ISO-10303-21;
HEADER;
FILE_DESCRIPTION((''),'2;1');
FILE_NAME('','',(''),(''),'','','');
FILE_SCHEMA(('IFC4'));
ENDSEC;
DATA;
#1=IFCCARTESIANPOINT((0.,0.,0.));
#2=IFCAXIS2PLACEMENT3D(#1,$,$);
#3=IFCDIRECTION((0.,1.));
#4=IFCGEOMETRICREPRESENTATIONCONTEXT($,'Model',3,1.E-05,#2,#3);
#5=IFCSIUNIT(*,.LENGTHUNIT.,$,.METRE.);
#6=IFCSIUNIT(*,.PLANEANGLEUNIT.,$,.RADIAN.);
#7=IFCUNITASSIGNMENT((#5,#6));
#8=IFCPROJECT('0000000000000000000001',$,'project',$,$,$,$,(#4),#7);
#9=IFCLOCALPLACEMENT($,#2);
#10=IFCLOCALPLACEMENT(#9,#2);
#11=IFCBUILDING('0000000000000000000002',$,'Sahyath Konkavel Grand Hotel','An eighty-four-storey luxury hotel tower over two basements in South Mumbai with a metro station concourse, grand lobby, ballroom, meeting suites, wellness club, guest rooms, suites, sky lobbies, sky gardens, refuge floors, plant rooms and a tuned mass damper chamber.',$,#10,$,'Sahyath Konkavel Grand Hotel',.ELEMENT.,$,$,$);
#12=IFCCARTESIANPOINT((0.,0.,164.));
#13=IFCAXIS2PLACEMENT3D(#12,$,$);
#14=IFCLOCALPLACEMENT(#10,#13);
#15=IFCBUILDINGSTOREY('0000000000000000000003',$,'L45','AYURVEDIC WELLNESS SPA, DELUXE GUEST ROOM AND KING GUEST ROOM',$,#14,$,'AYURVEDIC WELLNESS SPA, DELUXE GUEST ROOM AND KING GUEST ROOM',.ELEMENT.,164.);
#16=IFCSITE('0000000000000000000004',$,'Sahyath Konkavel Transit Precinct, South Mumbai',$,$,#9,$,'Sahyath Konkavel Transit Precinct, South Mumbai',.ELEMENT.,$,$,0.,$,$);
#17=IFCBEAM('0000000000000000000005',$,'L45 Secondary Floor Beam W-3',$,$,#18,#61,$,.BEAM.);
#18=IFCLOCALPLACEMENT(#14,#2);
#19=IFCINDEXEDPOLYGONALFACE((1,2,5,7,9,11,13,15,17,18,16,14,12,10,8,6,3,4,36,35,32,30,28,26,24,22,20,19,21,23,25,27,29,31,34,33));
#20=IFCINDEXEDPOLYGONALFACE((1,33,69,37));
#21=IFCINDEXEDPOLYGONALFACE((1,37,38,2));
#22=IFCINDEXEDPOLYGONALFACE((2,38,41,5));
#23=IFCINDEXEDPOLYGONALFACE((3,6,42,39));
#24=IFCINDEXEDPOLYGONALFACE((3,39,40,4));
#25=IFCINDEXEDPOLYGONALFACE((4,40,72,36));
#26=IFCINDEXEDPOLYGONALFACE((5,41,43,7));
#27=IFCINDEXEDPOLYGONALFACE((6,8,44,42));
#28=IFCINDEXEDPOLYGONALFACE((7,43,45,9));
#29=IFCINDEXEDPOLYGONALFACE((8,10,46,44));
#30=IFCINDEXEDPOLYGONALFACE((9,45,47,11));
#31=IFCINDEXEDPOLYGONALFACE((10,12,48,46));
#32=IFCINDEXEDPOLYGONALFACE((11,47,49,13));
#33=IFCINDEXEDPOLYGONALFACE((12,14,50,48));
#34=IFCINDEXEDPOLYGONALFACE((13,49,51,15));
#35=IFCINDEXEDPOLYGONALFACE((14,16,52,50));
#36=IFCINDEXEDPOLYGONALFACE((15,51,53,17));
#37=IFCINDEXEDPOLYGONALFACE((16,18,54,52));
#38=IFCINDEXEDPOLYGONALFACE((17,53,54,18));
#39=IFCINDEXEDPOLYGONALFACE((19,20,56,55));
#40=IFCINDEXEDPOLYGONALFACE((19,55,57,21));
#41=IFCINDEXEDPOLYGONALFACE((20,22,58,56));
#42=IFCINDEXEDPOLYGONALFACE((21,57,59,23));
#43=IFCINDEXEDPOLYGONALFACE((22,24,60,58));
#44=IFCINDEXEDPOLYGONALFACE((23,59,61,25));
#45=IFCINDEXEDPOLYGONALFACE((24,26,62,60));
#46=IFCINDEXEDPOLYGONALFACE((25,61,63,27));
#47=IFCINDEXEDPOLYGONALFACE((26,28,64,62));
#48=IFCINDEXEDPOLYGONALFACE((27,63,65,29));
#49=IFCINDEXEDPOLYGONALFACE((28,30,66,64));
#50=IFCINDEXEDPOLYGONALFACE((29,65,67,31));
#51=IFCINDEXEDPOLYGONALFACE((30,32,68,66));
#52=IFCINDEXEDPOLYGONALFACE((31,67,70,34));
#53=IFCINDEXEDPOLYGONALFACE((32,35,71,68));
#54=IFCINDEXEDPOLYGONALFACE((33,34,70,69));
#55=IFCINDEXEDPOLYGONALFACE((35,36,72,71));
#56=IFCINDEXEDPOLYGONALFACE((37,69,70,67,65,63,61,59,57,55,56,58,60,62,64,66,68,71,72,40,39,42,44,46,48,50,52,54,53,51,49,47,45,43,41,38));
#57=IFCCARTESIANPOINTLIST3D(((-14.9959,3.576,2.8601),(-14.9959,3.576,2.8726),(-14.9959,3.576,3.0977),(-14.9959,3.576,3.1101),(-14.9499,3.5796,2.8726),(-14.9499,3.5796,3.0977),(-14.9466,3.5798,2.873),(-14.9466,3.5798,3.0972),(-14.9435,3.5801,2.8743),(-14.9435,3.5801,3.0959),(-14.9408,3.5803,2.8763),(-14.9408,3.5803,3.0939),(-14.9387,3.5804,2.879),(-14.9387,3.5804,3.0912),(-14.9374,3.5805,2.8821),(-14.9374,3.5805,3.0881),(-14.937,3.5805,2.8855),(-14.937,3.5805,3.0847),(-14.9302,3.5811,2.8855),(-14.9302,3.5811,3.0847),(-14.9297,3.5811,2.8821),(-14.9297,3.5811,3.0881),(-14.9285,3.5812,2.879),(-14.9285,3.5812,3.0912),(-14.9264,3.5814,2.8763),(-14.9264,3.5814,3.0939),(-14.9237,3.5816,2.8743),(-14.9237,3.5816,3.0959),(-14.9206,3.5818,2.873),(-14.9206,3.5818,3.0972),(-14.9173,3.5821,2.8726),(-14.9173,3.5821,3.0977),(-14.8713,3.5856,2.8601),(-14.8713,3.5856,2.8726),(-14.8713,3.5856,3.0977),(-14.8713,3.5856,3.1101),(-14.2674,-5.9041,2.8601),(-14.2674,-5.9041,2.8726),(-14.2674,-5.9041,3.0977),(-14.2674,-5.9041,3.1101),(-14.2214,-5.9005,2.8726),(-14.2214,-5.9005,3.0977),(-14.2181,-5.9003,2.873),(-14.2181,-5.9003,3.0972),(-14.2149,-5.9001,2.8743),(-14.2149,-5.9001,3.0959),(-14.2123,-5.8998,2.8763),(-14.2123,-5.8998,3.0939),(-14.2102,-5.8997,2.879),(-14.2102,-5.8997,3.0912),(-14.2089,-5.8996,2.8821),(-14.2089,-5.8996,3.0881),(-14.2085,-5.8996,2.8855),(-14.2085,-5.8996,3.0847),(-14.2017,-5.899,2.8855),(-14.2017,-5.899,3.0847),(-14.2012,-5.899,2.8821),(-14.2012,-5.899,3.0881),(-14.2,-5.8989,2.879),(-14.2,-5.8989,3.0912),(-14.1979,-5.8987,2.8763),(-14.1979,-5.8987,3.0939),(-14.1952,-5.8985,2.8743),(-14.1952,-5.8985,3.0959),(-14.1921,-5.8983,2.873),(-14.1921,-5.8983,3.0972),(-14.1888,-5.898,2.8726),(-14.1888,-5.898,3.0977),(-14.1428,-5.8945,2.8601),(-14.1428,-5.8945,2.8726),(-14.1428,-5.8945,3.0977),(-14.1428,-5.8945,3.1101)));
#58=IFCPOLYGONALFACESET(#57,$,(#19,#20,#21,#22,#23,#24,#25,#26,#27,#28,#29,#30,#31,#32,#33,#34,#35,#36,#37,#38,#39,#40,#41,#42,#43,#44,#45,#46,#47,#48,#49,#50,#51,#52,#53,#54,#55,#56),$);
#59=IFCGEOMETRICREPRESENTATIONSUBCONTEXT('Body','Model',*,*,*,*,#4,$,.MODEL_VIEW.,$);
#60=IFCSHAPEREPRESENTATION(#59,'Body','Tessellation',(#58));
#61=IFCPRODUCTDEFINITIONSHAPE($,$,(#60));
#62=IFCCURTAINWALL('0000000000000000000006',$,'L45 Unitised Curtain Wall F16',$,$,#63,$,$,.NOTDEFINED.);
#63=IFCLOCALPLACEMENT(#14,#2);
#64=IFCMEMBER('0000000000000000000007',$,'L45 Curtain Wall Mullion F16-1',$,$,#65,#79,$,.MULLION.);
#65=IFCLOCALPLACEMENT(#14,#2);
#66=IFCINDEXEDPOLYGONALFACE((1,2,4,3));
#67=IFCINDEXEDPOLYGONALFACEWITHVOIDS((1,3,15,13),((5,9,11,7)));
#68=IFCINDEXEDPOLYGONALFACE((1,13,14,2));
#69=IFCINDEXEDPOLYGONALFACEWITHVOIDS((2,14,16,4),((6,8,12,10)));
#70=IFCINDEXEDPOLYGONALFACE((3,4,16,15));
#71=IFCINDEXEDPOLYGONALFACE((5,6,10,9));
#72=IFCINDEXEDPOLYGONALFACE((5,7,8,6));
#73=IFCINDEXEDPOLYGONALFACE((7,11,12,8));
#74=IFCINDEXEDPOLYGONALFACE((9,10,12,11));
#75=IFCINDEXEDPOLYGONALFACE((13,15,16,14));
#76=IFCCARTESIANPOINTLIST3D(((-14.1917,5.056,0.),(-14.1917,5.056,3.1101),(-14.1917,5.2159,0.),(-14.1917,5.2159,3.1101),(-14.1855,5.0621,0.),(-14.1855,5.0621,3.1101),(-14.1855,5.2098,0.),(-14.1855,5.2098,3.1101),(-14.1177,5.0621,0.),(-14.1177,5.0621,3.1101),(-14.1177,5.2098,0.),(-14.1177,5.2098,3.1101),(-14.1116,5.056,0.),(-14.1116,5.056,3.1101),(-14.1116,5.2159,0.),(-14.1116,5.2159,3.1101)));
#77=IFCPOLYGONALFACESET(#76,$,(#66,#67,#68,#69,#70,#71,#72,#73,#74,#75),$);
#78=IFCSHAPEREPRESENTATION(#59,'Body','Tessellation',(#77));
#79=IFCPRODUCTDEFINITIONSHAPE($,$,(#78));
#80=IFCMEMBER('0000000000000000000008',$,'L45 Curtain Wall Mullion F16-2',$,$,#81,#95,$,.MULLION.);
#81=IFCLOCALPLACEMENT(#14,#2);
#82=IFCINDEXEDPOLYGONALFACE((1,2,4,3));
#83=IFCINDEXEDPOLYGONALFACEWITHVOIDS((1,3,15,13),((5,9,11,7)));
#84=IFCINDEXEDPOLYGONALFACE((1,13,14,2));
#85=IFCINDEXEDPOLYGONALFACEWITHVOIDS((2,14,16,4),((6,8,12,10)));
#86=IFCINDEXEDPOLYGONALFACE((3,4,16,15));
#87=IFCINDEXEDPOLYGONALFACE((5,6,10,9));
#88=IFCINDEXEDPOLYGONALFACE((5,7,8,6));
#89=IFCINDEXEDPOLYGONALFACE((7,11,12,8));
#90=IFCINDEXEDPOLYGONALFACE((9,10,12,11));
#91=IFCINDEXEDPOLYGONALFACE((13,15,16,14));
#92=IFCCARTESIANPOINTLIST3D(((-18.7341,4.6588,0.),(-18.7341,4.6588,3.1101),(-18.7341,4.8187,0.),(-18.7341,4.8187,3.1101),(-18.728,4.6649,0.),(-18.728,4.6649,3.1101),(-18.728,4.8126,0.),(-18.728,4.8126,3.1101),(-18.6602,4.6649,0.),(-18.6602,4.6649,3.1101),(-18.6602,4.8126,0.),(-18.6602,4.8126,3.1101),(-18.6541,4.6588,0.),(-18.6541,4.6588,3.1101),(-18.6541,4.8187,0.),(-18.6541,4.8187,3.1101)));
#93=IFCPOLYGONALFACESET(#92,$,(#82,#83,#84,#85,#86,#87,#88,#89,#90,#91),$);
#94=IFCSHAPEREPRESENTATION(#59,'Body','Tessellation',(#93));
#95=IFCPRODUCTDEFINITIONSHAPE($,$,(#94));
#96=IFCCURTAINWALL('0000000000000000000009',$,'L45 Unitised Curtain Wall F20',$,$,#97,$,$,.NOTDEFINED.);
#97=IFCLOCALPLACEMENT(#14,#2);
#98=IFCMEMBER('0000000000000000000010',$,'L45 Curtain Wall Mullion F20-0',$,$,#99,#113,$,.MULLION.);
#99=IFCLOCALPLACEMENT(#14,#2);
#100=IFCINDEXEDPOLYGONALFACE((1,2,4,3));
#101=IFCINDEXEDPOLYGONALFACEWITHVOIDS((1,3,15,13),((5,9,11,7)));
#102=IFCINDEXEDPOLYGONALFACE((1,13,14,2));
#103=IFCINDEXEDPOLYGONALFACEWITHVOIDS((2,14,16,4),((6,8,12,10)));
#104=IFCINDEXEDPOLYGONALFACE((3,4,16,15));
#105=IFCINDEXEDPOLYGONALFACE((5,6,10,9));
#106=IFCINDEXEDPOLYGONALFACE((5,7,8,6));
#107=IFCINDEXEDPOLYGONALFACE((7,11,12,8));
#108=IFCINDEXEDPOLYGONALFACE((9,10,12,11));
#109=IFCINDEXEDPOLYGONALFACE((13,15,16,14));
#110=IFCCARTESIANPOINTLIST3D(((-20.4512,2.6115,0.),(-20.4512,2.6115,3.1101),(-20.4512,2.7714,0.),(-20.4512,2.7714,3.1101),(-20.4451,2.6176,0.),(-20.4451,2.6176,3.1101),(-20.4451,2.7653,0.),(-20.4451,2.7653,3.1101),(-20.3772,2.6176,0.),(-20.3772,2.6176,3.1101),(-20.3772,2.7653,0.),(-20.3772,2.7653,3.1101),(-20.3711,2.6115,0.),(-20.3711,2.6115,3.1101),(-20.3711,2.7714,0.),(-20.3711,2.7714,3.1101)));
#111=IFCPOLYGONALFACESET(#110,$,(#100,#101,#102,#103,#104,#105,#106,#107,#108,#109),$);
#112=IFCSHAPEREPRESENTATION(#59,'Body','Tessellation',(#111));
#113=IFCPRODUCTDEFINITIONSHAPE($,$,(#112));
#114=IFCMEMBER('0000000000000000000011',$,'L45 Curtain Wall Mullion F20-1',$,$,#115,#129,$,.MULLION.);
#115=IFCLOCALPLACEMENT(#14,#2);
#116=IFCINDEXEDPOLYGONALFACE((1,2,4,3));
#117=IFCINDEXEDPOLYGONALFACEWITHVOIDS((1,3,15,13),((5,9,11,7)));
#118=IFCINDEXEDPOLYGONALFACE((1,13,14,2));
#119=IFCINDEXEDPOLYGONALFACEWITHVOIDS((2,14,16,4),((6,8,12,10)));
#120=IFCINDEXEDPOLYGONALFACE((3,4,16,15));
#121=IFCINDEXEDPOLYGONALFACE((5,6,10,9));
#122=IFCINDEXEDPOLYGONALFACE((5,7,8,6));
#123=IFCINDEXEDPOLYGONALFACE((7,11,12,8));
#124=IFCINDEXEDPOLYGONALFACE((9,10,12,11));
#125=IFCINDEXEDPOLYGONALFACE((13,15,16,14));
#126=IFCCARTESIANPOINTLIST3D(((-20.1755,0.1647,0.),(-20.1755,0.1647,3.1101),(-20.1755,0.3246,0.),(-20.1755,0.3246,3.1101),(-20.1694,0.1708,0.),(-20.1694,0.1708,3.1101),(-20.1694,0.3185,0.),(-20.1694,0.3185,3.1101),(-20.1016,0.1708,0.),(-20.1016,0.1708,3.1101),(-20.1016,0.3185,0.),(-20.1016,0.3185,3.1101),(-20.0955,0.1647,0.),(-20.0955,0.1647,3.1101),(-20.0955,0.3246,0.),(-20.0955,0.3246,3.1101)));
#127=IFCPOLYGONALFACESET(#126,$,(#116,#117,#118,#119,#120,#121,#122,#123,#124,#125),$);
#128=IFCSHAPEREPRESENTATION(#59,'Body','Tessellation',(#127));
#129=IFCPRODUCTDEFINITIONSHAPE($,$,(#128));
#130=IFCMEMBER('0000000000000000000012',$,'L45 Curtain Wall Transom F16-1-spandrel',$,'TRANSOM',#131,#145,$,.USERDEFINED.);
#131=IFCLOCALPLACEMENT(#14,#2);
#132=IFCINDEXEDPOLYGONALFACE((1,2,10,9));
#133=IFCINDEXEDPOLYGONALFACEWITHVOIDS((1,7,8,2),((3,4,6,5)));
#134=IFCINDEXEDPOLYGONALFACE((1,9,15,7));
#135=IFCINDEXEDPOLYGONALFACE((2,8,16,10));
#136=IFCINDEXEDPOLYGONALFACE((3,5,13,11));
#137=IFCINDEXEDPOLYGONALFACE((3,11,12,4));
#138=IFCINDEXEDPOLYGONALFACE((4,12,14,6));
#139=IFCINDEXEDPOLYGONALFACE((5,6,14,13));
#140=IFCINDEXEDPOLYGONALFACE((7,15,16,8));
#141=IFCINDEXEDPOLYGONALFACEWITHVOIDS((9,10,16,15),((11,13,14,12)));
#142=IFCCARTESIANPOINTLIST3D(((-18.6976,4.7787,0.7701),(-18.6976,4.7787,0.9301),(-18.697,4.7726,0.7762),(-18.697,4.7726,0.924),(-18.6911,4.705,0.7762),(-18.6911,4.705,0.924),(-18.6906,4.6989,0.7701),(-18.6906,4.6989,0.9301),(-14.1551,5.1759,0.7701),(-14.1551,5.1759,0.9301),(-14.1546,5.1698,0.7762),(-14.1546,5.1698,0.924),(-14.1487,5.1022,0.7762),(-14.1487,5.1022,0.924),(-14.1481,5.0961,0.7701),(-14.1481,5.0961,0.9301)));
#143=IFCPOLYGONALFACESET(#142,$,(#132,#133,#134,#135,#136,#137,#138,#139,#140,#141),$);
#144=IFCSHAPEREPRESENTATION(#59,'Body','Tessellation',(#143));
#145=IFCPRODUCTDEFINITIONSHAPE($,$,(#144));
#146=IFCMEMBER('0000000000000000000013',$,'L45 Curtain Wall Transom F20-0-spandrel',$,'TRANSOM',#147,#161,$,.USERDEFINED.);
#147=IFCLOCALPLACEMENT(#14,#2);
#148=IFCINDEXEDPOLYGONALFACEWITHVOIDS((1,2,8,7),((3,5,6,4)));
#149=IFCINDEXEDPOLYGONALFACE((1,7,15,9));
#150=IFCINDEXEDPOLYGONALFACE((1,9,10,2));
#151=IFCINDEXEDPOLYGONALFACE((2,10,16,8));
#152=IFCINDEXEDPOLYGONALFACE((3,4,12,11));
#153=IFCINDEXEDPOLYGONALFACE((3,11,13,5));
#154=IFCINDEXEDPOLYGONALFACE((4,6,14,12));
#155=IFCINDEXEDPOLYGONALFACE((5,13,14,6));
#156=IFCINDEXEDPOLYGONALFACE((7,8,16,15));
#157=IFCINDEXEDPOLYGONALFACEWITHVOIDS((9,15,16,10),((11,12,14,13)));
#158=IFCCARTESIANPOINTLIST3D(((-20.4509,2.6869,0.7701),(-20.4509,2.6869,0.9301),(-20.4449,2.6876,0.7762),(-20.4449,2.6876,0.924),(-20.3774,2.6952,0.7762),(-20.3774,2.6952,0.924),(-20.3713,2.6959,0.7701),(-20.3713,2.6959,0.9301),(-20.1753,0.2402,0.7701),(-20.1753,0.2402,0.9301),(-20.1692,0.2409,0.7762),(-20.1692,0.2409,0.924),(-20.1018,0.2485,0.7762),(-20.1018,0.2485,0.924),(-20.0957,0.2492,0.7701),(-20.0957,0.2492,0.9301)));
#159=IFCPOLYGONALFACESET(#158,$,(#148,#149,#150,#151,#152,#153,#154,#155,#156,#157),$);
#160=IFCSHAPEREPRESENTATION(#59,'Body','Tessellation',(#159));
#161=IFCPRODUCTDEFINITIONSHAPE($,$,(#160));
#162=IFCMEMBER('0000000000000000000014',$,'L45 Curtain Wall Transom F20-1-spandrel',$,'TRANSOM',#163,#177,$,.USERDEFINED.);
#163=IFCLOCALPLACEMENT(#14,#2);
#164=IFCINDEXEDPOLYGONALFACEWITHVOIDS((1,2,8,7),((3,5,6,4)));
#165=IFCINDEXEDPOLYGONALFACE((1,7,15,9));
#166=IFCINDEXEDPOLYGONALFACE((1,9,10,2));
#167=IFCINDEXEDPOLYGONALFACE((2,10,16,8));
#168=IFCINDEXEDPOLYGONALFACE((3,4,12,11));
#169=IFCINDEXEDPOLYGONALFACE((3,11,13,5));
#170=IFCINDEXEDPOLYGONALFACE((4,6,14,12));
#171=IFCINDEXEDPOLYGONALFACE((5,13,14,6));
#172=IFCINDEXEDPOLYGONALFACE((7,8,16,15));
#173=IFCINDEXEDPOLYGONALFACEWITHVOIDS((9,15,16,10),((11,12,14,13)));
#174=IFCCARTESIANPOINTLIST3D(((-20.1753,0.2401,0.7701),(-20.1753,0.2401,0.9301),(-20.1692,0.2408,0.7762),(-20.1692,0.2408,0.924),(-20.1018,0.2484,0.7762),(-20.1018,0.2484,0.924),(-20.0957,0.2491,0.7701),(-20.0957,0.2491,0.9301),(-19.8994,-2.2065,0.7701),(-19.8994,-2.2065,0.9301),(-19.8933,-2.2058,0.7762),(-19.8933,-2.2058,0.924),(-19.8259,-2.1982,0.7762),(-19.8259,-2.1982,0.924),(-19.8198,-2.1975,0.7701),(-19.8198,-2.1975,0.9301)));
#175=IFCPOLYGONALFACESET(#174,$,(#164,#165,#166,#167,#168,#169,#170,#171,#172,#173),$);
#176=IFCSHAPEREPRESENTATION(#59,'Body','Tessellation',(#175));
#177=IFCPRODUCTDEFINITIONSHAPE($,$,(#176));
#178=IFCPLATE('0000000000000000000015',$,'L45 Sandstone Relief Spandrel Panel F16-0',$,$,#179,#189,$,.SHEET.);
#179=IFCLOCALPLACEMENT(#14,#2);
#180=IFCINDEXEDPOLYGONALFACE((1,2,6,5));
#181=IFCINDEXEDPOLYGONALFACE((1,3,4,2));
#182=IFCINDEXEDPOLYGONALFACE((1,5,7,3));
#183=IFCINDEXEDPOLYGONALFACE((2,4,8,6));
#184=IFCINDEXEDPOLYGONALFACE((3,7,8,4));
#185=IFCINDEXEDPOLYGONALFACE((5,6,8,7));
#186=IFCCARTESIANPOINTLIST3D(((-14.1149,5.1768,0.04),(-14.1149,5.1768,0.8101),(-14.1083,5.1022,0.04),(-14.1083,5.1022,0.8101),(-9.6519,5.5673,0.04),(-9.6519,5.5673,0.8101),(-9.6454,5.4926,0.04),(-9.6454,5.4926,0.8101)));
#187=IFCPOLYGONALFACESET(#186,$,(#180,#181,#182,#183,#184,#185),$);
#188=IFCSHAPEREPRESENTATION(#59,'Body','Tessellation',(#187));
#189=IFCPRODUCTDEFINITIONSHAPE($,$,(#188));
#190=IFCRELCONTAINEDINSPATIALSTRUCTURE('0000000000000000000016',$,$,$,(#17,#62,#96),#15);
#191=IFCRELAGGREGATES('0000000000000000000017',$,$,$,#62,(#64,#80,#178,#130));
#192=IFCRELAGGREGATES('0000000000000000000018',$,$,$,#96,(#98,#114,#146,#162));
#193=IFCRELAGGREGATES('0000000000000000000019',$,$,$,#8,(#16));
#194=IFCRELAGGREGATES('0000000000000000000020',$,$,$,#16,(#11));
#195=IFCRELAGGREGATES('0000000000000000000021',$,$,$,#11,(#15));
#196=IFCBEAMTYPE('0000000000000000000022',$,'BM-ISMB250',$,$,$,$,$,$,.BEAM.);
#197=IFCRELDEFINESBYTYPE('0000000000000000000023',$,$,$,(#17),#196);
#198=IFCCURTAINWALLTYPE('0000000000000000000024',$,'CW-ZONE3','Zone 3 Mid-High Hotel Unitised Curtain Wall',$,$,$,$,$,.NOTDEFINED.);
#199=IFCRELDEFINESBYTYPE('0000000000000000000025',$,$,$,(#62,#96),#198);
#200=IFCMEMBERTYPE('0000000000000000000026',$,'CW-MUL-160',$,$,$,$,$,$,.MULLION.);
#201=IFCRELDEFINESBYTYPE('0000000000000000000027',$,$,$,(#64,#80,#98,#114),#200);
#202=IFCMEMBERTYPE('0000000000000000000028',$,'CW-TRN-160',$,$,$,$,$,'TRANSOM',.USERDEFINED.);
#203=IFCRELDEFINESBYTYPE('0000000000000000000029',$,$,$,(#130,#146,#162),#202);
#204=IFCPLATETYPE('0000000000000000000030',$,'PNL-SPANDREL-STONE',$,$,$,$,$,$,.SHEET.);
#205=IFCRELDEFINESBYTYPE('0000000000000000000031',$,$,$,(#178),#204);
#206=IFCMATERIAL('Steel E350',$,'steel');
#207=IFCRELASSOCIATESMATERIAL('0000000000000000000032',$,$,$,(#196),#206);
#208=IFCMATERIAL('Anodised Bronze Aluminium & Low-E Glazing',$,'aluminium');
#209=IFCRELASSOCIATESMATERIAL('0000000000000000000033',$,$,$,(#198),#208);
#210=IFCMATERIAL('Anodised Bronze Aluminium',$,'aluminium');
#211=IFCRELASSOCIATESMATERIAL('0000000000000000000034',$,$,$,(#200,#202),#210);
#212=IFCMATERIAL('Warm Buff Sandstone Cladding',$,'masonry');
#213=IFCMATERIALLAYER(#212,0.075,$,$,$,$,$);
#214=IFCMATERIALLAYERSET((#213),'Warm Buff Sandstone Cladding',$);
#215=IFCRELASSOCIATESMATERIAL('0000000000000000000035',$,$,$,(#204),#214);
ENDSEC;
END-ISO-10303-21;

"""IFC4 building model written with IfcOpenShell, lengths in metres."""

from ifc_helpers import new_model, si_unit, direction, frame, origin, origin_2d, place, context, subcontext, project, spatial, rectangle, hollow_rectangle, i_section, extrude, source, transform, mapped, material, layer, layer_set, material_profile, profile_set, type_object, element, aggregate, save


model = new_model("IFC4")

# Units and contexts
model_context = context("Model", 3, precision=1e-05, world=origin(), true_north=direction((0.0, 1.0)))
body_context = subcontext(model_context, "Body", "Model", "MODEL_VIEW")
ifc_project = project(units=[si_unit("LENGTHUNIT", "METRE"), si_unit("PLANEANGLEUNIT", "RADIAN")], contexts=[model_context])

# Site, building, storey
site_placement = place(None, origin())
site = spatial("IfcSite", under=ifc_project, at=site_placement, Name="Sahyath Konkavel Transit Precinct, South Mumbai", LongName="Sahyath Konkavel Transit Precinct, South Mumbai", CompositionType="ELEMENT", RefElevation=0.0)
building_placement = place(site_placement, origin())
building = spatial("IfcBuilding", under=site, at=building_placement, Name="Sahyath Konkavel Grand Hotel", Description="An eighty-four-storey luxury hotel tower over two basements in South Mumbai with a metro station concourse, grand lobby, ballroom, meeting suites, wellness club, guest rooms, suites, sky lobbies, sky gardens, refuge floors, plant rooms and a tuned mass damper chamber.", LongName="Sahyath Konkavel Grand Hotel", CompositionType="ELEMENT")
storey_placement = place(building_placement, frame((0.0, 0.0, 164.0)))
storey = spatial("IfcBuildingStorey", under=building, at=storey_placement, Name="L45", Description="AYURVEDIC WELLNESS SPA, DELUXE GUEST ROOM AND KING GUEST ROOM", LongName="AYURVEDIC WELLNESS SPA, DELUXE GUEST ROOM AND KING GUEST ROOM", CompositionType="ELEMENT", Elevation=164.0)

# Beam
ifc_material_1 = material(Name="Steel E350", Category="steel")
ifc_material_profile_1 = material_profile(ifc_material_1, i_section(OverallWidth=0.125, OverallDepth=0.25, WebThickness=0.0068, FlangeThickness=0.0125, FilletRadius=0.0129, at=origin_2d()), Name="ISMB 250")
ifc_profile_set_1 = profile_set([ifc_material_profile_1], Name="Steel E350")
beam_type_1 = type_object("IfcBeamType", Name="BM-ISMB250", PredefinedType="BEAM", material=ifc_profile_set_1)
shared_shape_1 = source(origin(), body_context, "Body", "SweptSolid", [
    extrude(i_section(OverallWidth=0.125, OverallDepth=0.25, WebThickness=0.0068, FlangeThickness=0.0125, FilletRadius=0.0129, at=origin_2d()), origin(), (0.0, 0.0, 1.0), 9.5081),
])
beam_1_placement = place(storey_placement, frame((-14.9336, 3.5808, 2.9851), z_axis=(0.07662, -0.99706, 0.0), x_axis=(0.99706, 0.07662, 0.0)))
element("IfcBeam", 1, at=beam_1_placement, inside=storey, type_object=beam_type_1, Name="L45 Secondary Floor Beam W-3", PredefinedType="BEAM", context=body_context, shape_type="MappedRepresentation", body=[
    mapped(shared_shape_1, transform((0.0, 0.0, 0.0), scale=1.0)),
])

# Curtain walls, members
ifc_material_2 = material(Name="Anodised Bronze Aluminium & Low-E Glazing", Category="aluminium")
curtain_wall_type = type_object("IfcCurtainWallType", Name="CW-ZONE3", Description="Zone 3 Mid-High Hotel Unitised Curtain Wall", PredefinedType="NOTDEFINED", material=ifc_material_2)
curtain_wall_1_placement = place(storey_placement, origin())
curtain_wall_1 = element("IfcCurtainWall", 2, at=curtain_wall_1_placement, inside=storey, type_object=curtain_wall_type, Name="L45 Unitised Curtain Wall F16", PredefinedType="NOTDEFINED")
ifc_material_3 = material(Name="Anodised Bronze Aluminium", Category="aluminium")
ifc_material_profile_2 = material_profile(ifc_material_3, hollow_rectangle(XDim=0.0801, YDim=0.1599, WallThickness=0.0061, at=origin_2d()), Name="RHS 160x80x6")
ifc_profile_set_2 = profile_set([ifc_material_profile_2], Name="Anodised Bronze Aluminium")
member_type_1 = type_object("IfcMemberType", Name="CW-MUL-160", PredefinedType="MULLION", material=ifc_profile_set_2)
shared_shape_2 = source(origin(), body_context, "Body", "SweptSolid", [
    extrude(hollow_rectangle(XDim=0.0801, YDim=0.1599, WallThickness=0.0061, at=origin_2d()), origin(), (0.0, 0.0, 1.0), 3.1101),
])
member_1_placement = place(storey_placement, frame((-14.1516, 5.136, 0.0), z_axis=(0.0, 0.0, 1.0), x_axis=(1.0, 0.0, 0.0)))
member_1 = element("IfcMember", 3, at=member_1_placement, type_object=member_type_1, Name="L45 Curtain Wall Mullion F16-1", PredefinedType="MULLION", context=body_context, shape_type="MappedRepresentation", body=[
    mapped(shared_shape_2, transform((0.0, 0.0, 0.0), scale=1.0)),
])
member_2_placement = place(storey_placement, frame((-18.6941, 4.7388, 0.0), z_axis=(0.0, 0.0, 1.0), x_axis=(1.0, 0.0, 0.0)))
member_2 = element("IfcMember", 4, at=member_2_placement, type_object=member_type_1, Name="L45 Curtain Wall Mullion F16-2", PredefinedType="MULLION", context=body_context, shape_type="MappedRepresentation", body=[
    mapped(shared_shape_2, transform((0.0, 0.0, 0.0), scale=1.0)),
])
curtain_wall_2_placement = place(storey_placement, origin())
curtain_wall_2 = element("IfcCurtainWall", 5, at=curtain_wall_2_placement, inside=storey, type_object=curtain_wall_type, Name="L45 Unitised Curtain Wall F20", PredefinedType="NOTDEFINED")
member_3_placement = place(storey_placement, frame((-20.4111, 2.6914, 0.0), z_axis=(0.0, 0.0, 1.0), x_axis=(1.0, 0.0, 0.0)))
member_3 = element("IfcMember", 6, at=member_3_placement, type_object=member_type_1, Name="L45 Curtain Wall Mullion F20-0", PredefinedType="MULLION", context=body_context, shape_type="MappedRepresentation", body=[
    mapped(shared_shape_2, transform((0.0, 0.0, 0.0), scale=1.0)),
])
member_4_placement = place(storey_placement, frame((-20.1355, 0.2446, 0.0), z_axis=(0.0, 0.0, 1.0), x_axis=(1.0, 0.0, 0.0)))
member_4 = element("IfcMember", 7, at=member_4_placement, type_object=member_type_1, Name="L45 Curtain Wall Mullion F20-1", PredefinedType="MULLION", context=body_context, shape_type="MappedRepresentation", body=[
    mapped(shared_shape_2, transform((0.0, 0.0, 0.0), scale=1.0)),
])

# Members
ifc_material_profile_3 = material_profile(ifc_material_3, hollow_rectangle(XDim=0.0801, YDim=0.1599, WallThickness=0.0061, at=origin_2d()), Name="RHS 160x80x6")
ifc_profile_set_3 = profile_set([ifc_material_profile_3], Name="Anodised Bronze Aluminium")
member_type_2 = type_object("IfcMemberType", Name="CW-TRN-160", ElementType="TRANSOM", PredefinedType="USERDEFINED", material=ifc_profile_set_3)
shared_shape_3 = source(origin(), body_context, "Body", "SweptSolid", [
    extrude(hollow_rectangle(XDim=0.0801, YDim=0.1599, WallThickness=0.0061, at=origin_2d()), origin(), (0.0, 0.0, 1.0), 4.5598),
])
member_5_placement = place(storey_placement, frame((-14.1516, 5.136, 0.8501), z_axis=(-0.996198, -0.087112, 0.0), x_axis=(0.087112, -0.996198, 0.0)))
member_5 = element("IfcMember", 8, at=member_5_placement, type_object=member_type_2, Name="L45 Curtain Wall Transom F16-1-spandrel", ObjectType="TRANSOM", PredefinedType="USERDEFINED", context=body_context, shape_type="MappedRepresentation", body=[
    mapped(shared_shape_3, transform((0.0, 0.0, 0.0), scale=1.0)),
])
shared_shape_4 = source(origin(), body_context, "Body", "SweptSolid", [
    extrude(hollow_rectangle(XDim=0.0801, YDim=0.1599, WallThickness=0.0061, at=origin_2d()), origin(), (0.0, 0.0, 1.0), 2.4622),
])
member_6_placement = place(storey_placement, frame((-20.4111, 2.6914, 0.8501), z_axis=(0.111944, -0.993715, 0.0), x_axis=(0.993715, 0.111944, 0.0)))
member_6 = element("IfcMember", 9, at=member_6_placement, type_object=member_type_2, Name="L45 Curtain Wall Transom F20-0-spandrel", ObjectType="TRANSOM", PredefinedType="USERDEFINED", context=body_context, shape_type="MappedRepresentation", body=[
    mapped(shared_shape_4, transform((0.0, 0.0, 0.0), scale=1.0)),
])
member_7_placement = place(storey_placement, frame((-20.1355, 0.2446, 0.8501), z_axis=(0.112053, -0.993702, 0.0), x_axis=(0.993702, 0.112053, 0.0)))
member_7 = element("IfcMember", 10, at=member_7_placement, type_object=member_type_2, Name="L45 Curtain Wall Transom F20-1-spandrel", ObjectType="TRANSOM", PredefinedType="USERDEFINED", context=body_context, shape_type="MappedRepresentation", body=[
    mapped(shared_shape_4, transform((0.0, 0.0, 0.0), scale=1.0)),
])

# Plate
ifc_material_4 = material(Name="Warm Buff Sandstone Cladding", Category="masonry")
ifc_layer_1 = layer(ifc_material_4, 0.075)
ifc_layer_set_1 = layer_set([ifc_layer_1], Name="Warm Buff Sandstone Cladding")
plate_type_1 = type_object("IfcPlateType", Name="PNL-SPANDREL-STONE", PredefinedType="SHEET", material=ifc_layer_set_1)
shared_shape_5 = source(origin(), body_context, "Body", "SweptSolid", [
    extrude(rectangle(XDim=4.48, YDim=0.075, at=origin_2d()), origin(), (0.0, 0.0, 1.0), 0.77),
])
plate_1_placement = place(storey_placement, frame((-11.8801, 5.3347, 0.04), z_axis=(0.0, 0.0, 1.0), x_axis=(-0.996195, -0.087156, 0.0)))
plate_1 = element("IfcPlate", 11, at=plate_1_placement, type_object=plate_type_1, Name="L45 Sandstone Relief Spandrel Panel F16-0", PredefinedType="SHEET", context=body_context, shape_type="MappedRepresentation", body=[
    mapped(shared_shape_5, transform((0.0, 0.0, 0.0), scale=1.0)),
])
aggregate(curtain_wall_1, [member_1, member_2, plate_1, member_5])
aggregate(curtain_wall_2, [member_3, member_4, member_6, member_7])

save(model, "model.ifc")
